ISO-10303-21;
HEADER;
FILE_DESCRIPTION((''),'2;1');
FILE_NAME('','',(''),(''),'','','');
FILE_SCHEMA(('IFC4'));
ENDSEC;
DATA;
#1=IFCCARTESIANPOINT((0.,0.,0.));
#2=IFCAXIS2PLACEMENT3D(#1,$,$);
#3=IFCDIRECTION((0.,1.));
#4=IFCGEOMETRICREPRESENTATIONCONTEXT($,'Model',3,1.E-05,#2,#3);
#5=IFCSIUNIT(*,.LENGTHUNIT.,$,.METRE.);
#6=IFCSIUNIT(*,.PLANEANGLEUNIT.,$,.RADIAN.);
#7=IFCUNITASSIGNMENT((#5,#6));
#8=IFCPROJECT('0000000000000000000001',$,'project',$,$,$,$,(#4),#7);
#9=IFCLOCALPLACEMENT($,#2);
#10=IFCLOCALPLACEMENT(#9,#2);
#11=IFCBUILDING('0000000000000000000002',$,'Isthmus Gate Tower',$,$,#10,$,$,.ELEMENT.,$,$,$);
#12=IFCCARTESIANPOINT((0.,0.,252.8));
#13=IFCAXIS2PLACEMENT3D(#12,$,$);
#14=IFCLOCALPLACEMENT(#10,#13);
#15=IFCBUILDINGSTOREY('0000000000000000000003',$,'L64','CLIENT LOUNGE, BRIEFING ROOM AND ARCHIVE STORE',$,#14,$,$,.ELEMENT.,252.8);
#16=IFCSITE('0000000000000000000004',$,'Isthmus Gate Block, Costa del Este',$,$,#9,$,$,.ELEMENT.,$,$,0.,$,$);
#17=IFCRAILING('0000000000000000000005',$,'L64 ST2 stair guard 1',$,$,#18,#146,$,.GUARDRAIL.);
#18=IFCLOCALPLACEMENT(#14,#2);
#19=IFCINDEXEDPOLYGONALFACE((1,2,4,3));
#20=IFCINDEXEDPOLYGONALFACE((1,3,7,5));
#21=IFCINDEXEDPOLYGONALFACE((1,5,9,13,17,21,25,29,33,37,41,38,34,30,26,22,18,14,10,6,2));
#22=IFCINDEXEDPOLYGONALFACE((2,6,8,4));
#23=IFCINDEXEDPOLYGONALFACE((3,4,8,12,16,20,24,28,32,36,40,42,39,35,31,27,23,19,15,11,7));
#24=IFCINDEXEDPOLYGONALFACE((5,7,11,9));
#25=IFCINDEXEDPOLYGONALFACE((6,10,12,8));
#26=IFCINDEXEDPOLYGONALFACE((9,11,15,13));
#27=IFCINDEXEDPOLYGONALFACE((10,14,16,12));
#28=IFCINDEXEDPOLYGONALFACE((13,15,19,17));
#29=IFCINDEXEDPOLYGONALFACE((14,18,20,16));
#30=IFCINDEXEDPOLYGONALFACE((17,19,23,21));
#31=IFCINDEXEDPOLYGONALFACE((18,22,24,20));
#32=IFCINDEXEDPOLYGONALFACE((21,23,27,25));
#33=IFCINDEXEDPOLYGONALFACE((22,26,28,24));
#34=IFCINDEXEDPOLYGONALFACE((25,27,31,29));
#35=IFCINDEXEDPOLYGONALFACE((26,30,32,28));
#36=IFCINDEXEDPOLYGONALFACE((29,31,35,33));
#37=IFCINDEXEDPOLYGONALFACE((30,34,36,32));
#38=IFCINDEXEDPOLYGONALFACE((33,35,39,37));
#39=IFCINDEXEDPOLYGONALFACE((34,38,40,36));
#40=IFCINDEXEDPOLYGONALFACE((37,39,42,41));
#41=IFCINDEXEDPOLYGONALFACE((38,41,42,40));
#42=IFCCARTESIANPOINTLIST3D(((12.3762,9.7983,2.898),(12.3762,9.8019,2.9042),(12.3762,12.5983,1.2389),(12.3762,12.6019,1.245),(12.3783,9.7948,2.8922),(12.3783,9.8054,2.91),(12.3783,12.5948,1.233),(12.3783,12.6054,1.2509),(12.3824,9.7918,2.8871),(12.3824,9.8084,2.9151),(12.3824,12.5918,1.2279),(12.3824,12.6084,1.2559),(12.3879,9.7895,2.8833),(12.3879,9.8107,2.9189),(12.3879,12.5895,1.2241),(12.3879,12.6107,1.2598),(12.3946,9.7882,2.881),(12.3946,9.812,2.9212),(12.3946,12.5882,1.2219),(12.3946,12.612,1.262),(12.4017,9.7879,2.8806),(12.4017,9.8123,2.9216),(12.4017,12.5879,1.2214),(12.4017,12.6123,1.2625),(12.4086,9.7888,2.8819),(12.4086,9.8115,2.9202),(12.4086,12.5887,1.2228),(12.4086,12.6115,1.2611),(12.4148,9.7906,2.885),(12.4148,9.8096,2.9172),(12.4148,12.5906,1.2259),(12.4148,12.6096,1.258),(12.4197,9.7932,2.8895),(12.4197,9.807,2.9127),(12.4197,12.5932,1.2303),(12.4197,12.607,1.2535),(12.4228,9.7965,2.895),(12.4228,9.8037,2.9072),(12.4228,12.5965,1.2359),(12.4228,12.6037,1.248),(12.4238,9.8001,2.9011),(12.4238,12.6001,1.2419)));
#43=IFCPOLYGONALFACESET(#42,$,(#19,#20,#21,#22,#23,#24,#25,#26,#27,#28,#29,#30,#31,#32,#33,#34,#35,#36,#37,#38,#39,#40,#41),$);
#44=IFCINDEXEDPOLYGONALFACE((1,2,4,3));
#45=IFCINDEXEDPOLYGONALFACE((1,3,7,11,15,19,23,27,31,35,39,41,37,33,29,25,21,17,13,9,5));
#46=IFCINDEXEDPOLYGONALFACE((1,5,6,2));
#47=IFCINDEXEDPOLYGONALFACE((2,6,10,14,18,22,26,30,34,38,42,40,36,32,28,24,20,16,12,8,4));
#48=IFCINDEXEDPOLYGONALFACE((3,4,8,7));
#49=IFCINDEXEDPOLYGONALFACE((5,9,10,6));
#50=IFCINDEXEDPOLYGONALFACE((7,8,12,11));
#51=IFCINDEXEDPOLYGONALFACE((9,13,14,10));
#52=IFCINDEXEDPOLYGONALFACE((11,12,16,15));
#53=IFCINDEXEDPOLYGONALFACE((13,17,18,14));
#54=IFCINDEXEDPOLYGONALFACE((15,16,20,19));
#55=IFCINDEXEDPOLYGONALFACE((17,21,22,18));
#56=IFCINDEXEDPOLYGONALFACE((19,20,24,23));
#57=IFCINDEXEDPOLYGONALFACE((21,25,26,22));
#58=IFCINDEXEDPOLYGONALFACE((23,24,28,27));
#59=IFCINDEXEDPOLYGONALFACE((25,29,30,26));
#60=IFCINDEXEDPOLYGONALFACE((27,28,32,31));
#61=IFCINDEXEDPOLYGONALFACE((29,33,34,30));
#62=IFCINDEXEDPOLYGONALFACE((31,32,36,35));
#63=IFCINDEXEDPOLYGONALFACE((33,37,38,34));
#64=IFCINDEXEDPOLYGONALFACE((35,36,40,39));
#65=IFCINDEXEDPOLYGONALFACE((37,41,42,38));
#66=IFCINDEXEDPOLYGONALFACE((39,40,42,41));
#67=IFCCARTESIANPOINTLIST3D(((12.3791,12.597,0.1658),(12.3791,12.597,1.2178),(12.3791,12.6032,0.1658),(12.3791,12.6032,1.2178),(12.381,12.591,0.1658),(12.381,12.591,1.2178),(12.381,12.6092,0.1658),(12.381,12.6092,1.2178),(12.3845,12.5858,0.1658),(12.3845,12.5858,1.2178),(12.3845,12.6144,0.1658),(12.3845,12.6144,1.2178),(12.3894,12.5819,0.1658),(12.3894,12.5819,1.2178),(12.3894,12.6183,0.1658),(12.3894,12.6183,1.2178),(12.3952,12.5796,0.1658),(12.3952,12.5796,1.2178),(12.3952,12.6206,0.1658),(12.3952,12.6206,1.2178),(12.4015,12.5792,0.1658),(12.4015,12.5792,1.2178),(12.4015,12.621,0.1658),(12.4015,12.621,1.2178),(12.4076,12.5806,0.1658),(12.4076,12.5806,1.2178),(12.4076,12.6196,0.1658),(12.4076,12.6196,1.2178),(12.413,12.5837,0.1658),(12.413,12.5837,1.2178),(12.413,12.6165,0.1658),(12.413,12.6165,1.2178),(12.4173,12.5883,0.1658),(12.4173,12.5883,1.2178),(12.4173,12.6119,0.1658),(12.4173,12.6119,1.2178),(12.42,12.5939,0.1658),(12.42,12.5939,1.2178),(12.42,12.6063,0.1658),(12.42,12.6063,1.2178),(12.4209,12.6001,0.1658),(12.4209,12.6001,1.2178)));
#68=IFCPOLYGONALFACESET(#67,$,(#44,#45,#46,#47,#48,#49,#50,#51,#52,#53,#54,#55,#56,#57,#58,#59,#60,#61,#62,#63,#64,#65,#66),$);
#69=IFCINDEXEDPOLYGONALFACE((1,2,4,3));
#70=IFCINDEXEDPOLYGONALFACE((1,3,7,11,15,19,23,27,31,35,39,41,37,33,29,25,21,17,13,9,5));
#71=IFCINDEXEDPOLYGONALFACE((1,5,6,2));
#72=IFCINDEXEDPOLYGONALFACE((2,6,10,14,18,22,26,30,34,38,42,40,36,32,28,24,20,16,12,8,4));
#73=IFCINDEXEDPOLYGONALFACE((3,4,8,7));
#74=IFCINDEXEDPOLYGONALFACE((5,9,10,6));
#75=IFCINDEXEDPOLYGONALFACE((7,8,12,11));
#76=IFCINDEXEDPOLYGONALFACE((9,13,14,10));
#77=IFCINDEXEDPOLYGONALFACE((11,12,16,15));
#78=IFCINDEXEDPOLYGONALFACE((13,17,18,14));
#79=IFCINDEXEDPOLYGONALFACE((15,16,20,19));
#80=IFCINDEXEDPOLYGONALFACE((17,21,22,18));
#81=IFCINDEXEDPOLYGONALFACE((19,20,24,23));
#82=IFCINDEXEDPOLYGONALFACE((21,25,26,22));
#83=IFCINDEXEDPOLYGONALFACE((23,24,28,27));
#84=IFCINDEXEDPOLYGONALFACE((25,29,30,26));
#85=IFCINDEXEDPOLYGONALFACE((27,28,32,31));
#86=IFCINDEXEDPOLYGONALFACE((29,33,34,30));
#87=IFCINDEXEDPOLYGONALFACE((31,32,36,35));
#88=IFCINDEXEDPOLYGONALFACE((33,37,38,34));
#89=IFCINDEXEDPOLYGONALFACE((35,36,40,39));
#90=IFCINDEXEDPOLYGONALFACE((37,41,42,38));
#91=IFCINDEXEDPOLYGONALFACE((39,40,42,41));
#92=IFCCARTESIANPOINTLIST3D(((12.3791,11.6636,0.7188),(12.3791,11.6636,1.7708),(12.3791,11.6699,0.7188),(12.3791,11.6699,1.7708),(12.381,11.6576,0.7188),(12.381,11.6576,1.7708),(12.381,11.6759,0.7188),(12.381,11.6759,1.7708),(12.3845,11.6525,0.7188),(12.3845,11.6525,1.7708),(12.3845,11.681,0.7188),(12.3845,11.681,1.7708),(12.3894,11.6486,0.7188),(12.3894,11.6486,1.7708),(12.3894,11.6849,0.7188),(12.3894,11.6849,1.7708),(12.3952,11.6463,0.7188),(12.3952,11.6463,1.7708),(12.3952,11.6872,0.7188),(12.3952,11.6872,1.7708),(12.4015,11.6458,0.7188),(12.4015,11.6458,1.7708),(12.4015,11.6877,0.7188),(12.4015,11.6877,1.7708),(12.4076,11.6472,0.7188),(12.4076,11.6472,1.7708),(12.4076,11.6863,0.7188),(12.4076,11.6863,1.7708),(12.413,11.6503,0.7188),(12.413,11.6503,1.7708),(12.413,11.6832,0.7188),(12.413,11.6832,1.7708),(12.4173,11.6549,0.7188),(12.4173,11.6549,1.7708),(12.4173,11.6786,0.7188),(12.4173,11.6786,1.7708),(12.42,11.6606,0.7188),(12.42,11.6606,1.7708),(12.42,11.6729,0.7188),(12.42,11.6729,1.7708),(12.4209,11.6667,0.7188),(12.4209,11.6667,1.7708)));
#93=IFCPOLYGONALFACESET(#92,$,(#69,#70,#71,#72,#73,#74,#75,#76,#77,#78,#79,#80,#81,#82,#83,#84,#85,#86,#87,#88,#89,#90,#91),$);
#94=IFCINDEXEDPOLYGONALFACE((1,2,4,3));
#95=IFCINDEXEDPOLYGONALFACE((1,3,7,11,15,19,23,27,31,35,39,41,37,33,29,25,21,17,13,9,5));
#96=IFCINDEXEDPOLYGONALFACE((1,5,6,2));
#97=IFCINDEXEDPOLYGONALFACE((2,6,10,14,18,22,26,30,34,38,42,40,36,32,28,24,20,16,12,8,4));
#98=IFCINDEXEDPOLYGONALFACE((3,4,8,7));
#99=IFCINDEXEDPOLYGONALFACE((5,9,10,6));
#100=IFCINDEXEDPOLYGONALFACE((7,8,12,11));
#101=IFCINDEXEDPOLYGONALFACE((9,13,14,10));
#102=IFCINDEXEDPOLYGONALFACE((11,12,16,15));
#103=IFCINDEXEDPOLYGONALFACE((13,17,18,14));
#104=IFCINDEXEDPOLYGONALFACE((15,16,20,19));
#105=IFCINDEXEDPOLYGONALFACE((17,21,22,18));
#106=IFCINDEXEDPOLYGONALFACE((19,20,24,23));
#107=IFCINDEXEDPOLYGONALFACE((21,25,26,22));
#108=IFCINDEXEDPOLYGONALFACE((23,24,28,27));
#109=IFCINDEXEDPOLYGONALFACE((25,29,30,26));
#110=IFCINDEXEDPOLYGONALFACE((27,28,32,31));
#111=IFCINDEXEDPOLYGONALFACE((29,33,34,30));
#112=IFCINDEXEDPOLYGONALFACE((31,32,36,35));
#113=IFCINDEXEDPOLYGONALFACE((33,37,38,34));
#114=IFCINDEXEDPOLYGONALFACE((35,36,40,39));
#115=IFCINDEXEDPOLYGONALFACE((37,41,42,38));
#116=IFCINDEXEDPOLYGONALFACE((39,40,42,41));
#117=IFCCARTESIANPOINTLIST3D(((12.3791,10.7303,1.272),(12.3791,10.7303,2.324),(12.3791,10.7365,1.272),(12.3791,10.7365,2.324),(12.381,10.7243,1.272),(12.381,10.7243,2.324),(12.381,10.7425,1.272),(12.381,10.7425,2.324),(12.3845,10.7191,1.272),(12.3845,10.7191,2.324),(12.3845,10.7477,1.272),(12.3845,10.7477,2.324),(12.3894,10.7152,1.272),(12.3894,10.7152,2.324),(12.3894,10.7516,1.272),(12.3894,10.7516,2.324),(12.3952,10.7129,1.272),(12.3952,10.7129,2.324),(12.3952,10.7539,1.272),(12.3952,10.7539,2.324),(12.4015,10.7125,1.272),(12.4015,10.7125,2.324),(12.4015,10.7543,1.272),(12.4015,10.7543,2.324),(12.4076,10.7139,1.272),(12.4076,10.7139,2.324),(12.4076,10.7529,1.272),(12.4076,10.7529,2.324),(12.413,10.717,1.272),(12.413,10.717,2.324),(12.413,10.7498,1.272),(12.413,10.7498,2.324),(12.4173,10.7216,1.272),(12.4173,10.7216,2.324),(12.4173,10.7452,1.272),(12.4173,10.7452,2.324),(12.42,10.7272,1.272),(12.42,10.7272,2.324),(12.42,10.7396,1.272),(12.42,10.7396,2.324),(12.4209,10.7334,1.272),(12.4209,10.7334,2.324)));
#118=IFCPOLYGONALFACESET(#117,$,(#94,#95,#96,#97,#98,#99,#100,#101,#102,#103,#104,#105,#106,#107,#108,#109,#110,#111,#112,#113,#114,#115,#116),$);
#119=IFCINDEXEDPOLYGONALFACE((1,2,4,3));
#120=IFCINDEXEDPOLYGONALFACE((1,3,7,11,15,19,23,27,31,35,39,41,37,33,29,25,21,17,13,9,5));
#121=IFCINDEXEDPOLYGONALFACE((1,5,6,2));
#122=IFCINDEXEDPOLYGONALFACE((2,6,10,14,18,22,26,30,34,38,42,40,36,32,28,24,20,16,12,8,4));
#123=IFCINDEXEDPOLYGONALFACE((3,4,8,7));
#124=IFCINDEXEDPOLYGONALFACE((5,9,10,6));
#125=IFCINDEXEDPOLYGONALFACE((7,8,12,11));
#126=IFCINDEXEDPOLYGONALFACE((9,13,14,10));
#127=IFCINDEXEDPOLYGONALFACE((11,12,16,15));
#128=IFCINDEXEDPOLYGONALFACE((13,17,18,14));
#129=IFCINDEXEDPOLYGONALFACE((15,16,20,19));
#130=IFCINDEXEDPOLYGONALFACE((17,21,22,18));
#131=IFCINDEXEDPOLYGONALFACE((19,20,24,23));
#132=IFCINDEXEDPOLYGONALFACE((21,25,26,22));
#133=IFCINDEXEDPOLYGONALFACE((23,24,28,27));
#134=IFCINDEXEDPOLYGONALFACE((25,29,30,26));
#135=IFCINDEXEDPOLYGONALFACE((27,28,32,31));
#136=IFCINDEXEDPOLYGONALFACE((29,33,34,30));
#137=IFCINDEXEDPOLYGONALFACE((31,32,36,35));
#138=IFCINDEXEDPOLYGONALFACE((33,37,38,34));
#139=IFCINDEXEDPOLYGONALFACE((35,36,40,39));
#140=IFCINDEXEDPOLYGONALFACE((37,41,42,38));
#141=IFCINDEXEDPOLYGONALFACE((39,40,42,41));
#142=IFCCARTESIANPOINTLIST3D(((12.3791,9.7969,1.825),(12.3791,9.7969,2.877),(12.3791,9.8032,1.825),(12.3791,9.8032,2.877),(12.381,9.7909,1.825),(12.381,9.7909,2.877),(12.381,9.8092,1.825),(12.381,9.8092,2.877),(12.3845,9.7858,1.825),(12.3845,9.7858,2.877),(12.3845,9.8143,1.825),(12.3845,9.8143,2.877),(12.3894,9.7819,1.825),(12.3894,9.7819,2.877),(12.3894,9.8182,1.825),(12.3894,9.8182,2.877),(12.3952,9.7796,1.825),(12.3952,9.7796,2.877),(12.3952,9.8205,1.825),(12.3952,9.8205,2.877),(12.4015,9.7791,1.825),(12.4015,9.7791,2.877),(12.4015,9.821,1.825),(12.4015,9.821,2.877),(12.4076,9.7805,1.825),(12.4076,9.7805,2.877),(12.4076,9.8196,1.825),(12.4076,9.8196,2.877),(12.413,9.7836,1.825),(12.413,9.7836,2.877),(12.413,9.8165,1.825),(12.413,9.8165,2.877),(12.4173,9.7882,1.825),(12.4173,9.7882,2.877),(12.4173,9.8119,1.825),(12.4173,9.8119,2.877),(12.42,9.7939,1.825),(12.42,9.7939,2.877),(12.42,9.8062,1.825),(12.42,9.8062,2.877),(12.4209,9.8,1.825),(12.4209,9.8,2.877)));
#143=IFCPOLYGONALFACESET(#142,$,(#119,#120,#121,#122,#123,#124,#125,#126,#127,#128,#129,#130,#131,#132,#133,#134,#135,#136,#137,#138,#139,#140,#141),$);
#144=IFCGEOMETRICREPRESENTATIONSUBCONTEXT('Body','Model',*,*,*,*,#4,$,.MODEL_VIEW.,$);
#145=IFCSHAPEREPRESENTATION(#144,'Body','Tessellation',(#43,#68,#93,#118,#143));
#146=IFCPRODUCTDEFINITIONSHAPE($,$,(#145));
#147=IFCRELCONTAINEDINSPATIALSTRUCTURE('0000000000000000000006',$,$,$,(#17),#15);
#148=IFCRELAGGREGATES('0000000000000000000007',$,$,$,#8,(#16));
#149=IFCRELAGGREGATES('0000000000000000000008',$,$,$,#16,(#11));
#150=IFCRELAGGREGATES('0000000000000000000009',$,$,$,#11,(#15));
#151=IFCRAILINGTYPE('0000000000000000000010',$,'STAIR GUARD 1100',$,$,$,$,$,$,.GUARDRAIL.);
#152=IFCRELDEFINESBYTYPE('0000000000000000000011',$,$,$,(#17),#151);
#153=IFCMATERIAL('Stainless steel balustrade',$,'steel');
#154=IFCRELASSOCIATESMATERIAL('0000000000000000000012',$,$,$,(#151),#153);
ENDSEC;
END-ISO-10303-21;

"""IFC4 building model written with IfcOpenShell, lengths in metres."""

from ifc_helpers import new_model, si_unit, direction, frame, origin, origin_2d, place, context, subcontext, project, spatial, circle, extrude, material, type_object, element, save


model = new_model("IFC4")

# Units and contexts
model_context = context("Model", 3, precision=1e-05, world=origin(), true_north=direction((0.0, 1.0)))
body_context = subcontext(model_context, "Body", "Model", "MODEL_VIEW")
ifc_project = project(units=[si_unit("LENGTHUNIT", "METRE"), si_unit("PLANEANGLEUNIT", "RADIAN")], contexts=[model_context])

# Site, building, storey
site_placement = place(None, origin())
site = spatial("IfcSite", under=ifc_project, at=site_placement, Name="Isthmus Gate Block, Costa del Este", CompositionType="ELEMENT", RefElevation=0.0)
building_placement = place(site_placement, origin())
building = spatial("IfcBuilding", under=site, at=building_placement, Name="Isthmus Gate Tower", CompositionType="ELEMENT")
storey_placement = place(building_placement, frame((0.0, 0.0, 252.8)))
storey = spatial("IfcBuildingStorey", under=building, at=storey_placement, Name="L64", Description="CLIENT LOUNGE, BRIEFING ROOM AND ARCHIVE STORE", CompositionType="ELEMENT", Elevation=252.8)

# Railing
ifc_material_1 = material(Name="Stainless steel balustrade", Category="steel")
railing_type_1 = type_object("IfcRailingType", Name="STAIR GUARD 1100", PredefinedType="GUARDRAIL", material=ifc_material_1)
railing_1_placement = place(storey_placement, frame((12.3999, 12.6001, 0.1658)))
element("IfcRailing", 1, at=railing_1_placement, inside=storey, type_object=railing_type_1, Name="L64 ST2 stair guard 1", PredefinedType="GUARDRAIL", context=body_context, shape_type="SweptSolid", body=[
    extrude(circle(Radius=0.0239, at=origin_2d()), frame((0.0, 0.0, 1.0762), z_axis=(0.0, -0.860306, 0.509778), x_axis=(1.0, 0.0, 0.0)), (0.0, 0.0, 1.0), 3.2546),
    extrude(circle(Radius=0.021, at=origin_2d()), origin(), (0.0, 0.0, 1.0), 1.052),
    extrude(circle(Radius=0.021, at=origin_2d()), frame((0.0, -0.9333, 0.553)), (0.0, 0.0, 1.0), 1.052),
    extrude(circle(Radius=0.021, at=origin_2d()), frame((0.0, -1.8667, 1.1062)), (0.0, 0.0, 1.0), 1.052),
    extrude(circle(Radius=0.021, at=origin_2d()), frame((0.0, -2.8, 1.6592)), (0.0, 0.0, 1.0), 1.052),
])

save(model, "model.ifc")
